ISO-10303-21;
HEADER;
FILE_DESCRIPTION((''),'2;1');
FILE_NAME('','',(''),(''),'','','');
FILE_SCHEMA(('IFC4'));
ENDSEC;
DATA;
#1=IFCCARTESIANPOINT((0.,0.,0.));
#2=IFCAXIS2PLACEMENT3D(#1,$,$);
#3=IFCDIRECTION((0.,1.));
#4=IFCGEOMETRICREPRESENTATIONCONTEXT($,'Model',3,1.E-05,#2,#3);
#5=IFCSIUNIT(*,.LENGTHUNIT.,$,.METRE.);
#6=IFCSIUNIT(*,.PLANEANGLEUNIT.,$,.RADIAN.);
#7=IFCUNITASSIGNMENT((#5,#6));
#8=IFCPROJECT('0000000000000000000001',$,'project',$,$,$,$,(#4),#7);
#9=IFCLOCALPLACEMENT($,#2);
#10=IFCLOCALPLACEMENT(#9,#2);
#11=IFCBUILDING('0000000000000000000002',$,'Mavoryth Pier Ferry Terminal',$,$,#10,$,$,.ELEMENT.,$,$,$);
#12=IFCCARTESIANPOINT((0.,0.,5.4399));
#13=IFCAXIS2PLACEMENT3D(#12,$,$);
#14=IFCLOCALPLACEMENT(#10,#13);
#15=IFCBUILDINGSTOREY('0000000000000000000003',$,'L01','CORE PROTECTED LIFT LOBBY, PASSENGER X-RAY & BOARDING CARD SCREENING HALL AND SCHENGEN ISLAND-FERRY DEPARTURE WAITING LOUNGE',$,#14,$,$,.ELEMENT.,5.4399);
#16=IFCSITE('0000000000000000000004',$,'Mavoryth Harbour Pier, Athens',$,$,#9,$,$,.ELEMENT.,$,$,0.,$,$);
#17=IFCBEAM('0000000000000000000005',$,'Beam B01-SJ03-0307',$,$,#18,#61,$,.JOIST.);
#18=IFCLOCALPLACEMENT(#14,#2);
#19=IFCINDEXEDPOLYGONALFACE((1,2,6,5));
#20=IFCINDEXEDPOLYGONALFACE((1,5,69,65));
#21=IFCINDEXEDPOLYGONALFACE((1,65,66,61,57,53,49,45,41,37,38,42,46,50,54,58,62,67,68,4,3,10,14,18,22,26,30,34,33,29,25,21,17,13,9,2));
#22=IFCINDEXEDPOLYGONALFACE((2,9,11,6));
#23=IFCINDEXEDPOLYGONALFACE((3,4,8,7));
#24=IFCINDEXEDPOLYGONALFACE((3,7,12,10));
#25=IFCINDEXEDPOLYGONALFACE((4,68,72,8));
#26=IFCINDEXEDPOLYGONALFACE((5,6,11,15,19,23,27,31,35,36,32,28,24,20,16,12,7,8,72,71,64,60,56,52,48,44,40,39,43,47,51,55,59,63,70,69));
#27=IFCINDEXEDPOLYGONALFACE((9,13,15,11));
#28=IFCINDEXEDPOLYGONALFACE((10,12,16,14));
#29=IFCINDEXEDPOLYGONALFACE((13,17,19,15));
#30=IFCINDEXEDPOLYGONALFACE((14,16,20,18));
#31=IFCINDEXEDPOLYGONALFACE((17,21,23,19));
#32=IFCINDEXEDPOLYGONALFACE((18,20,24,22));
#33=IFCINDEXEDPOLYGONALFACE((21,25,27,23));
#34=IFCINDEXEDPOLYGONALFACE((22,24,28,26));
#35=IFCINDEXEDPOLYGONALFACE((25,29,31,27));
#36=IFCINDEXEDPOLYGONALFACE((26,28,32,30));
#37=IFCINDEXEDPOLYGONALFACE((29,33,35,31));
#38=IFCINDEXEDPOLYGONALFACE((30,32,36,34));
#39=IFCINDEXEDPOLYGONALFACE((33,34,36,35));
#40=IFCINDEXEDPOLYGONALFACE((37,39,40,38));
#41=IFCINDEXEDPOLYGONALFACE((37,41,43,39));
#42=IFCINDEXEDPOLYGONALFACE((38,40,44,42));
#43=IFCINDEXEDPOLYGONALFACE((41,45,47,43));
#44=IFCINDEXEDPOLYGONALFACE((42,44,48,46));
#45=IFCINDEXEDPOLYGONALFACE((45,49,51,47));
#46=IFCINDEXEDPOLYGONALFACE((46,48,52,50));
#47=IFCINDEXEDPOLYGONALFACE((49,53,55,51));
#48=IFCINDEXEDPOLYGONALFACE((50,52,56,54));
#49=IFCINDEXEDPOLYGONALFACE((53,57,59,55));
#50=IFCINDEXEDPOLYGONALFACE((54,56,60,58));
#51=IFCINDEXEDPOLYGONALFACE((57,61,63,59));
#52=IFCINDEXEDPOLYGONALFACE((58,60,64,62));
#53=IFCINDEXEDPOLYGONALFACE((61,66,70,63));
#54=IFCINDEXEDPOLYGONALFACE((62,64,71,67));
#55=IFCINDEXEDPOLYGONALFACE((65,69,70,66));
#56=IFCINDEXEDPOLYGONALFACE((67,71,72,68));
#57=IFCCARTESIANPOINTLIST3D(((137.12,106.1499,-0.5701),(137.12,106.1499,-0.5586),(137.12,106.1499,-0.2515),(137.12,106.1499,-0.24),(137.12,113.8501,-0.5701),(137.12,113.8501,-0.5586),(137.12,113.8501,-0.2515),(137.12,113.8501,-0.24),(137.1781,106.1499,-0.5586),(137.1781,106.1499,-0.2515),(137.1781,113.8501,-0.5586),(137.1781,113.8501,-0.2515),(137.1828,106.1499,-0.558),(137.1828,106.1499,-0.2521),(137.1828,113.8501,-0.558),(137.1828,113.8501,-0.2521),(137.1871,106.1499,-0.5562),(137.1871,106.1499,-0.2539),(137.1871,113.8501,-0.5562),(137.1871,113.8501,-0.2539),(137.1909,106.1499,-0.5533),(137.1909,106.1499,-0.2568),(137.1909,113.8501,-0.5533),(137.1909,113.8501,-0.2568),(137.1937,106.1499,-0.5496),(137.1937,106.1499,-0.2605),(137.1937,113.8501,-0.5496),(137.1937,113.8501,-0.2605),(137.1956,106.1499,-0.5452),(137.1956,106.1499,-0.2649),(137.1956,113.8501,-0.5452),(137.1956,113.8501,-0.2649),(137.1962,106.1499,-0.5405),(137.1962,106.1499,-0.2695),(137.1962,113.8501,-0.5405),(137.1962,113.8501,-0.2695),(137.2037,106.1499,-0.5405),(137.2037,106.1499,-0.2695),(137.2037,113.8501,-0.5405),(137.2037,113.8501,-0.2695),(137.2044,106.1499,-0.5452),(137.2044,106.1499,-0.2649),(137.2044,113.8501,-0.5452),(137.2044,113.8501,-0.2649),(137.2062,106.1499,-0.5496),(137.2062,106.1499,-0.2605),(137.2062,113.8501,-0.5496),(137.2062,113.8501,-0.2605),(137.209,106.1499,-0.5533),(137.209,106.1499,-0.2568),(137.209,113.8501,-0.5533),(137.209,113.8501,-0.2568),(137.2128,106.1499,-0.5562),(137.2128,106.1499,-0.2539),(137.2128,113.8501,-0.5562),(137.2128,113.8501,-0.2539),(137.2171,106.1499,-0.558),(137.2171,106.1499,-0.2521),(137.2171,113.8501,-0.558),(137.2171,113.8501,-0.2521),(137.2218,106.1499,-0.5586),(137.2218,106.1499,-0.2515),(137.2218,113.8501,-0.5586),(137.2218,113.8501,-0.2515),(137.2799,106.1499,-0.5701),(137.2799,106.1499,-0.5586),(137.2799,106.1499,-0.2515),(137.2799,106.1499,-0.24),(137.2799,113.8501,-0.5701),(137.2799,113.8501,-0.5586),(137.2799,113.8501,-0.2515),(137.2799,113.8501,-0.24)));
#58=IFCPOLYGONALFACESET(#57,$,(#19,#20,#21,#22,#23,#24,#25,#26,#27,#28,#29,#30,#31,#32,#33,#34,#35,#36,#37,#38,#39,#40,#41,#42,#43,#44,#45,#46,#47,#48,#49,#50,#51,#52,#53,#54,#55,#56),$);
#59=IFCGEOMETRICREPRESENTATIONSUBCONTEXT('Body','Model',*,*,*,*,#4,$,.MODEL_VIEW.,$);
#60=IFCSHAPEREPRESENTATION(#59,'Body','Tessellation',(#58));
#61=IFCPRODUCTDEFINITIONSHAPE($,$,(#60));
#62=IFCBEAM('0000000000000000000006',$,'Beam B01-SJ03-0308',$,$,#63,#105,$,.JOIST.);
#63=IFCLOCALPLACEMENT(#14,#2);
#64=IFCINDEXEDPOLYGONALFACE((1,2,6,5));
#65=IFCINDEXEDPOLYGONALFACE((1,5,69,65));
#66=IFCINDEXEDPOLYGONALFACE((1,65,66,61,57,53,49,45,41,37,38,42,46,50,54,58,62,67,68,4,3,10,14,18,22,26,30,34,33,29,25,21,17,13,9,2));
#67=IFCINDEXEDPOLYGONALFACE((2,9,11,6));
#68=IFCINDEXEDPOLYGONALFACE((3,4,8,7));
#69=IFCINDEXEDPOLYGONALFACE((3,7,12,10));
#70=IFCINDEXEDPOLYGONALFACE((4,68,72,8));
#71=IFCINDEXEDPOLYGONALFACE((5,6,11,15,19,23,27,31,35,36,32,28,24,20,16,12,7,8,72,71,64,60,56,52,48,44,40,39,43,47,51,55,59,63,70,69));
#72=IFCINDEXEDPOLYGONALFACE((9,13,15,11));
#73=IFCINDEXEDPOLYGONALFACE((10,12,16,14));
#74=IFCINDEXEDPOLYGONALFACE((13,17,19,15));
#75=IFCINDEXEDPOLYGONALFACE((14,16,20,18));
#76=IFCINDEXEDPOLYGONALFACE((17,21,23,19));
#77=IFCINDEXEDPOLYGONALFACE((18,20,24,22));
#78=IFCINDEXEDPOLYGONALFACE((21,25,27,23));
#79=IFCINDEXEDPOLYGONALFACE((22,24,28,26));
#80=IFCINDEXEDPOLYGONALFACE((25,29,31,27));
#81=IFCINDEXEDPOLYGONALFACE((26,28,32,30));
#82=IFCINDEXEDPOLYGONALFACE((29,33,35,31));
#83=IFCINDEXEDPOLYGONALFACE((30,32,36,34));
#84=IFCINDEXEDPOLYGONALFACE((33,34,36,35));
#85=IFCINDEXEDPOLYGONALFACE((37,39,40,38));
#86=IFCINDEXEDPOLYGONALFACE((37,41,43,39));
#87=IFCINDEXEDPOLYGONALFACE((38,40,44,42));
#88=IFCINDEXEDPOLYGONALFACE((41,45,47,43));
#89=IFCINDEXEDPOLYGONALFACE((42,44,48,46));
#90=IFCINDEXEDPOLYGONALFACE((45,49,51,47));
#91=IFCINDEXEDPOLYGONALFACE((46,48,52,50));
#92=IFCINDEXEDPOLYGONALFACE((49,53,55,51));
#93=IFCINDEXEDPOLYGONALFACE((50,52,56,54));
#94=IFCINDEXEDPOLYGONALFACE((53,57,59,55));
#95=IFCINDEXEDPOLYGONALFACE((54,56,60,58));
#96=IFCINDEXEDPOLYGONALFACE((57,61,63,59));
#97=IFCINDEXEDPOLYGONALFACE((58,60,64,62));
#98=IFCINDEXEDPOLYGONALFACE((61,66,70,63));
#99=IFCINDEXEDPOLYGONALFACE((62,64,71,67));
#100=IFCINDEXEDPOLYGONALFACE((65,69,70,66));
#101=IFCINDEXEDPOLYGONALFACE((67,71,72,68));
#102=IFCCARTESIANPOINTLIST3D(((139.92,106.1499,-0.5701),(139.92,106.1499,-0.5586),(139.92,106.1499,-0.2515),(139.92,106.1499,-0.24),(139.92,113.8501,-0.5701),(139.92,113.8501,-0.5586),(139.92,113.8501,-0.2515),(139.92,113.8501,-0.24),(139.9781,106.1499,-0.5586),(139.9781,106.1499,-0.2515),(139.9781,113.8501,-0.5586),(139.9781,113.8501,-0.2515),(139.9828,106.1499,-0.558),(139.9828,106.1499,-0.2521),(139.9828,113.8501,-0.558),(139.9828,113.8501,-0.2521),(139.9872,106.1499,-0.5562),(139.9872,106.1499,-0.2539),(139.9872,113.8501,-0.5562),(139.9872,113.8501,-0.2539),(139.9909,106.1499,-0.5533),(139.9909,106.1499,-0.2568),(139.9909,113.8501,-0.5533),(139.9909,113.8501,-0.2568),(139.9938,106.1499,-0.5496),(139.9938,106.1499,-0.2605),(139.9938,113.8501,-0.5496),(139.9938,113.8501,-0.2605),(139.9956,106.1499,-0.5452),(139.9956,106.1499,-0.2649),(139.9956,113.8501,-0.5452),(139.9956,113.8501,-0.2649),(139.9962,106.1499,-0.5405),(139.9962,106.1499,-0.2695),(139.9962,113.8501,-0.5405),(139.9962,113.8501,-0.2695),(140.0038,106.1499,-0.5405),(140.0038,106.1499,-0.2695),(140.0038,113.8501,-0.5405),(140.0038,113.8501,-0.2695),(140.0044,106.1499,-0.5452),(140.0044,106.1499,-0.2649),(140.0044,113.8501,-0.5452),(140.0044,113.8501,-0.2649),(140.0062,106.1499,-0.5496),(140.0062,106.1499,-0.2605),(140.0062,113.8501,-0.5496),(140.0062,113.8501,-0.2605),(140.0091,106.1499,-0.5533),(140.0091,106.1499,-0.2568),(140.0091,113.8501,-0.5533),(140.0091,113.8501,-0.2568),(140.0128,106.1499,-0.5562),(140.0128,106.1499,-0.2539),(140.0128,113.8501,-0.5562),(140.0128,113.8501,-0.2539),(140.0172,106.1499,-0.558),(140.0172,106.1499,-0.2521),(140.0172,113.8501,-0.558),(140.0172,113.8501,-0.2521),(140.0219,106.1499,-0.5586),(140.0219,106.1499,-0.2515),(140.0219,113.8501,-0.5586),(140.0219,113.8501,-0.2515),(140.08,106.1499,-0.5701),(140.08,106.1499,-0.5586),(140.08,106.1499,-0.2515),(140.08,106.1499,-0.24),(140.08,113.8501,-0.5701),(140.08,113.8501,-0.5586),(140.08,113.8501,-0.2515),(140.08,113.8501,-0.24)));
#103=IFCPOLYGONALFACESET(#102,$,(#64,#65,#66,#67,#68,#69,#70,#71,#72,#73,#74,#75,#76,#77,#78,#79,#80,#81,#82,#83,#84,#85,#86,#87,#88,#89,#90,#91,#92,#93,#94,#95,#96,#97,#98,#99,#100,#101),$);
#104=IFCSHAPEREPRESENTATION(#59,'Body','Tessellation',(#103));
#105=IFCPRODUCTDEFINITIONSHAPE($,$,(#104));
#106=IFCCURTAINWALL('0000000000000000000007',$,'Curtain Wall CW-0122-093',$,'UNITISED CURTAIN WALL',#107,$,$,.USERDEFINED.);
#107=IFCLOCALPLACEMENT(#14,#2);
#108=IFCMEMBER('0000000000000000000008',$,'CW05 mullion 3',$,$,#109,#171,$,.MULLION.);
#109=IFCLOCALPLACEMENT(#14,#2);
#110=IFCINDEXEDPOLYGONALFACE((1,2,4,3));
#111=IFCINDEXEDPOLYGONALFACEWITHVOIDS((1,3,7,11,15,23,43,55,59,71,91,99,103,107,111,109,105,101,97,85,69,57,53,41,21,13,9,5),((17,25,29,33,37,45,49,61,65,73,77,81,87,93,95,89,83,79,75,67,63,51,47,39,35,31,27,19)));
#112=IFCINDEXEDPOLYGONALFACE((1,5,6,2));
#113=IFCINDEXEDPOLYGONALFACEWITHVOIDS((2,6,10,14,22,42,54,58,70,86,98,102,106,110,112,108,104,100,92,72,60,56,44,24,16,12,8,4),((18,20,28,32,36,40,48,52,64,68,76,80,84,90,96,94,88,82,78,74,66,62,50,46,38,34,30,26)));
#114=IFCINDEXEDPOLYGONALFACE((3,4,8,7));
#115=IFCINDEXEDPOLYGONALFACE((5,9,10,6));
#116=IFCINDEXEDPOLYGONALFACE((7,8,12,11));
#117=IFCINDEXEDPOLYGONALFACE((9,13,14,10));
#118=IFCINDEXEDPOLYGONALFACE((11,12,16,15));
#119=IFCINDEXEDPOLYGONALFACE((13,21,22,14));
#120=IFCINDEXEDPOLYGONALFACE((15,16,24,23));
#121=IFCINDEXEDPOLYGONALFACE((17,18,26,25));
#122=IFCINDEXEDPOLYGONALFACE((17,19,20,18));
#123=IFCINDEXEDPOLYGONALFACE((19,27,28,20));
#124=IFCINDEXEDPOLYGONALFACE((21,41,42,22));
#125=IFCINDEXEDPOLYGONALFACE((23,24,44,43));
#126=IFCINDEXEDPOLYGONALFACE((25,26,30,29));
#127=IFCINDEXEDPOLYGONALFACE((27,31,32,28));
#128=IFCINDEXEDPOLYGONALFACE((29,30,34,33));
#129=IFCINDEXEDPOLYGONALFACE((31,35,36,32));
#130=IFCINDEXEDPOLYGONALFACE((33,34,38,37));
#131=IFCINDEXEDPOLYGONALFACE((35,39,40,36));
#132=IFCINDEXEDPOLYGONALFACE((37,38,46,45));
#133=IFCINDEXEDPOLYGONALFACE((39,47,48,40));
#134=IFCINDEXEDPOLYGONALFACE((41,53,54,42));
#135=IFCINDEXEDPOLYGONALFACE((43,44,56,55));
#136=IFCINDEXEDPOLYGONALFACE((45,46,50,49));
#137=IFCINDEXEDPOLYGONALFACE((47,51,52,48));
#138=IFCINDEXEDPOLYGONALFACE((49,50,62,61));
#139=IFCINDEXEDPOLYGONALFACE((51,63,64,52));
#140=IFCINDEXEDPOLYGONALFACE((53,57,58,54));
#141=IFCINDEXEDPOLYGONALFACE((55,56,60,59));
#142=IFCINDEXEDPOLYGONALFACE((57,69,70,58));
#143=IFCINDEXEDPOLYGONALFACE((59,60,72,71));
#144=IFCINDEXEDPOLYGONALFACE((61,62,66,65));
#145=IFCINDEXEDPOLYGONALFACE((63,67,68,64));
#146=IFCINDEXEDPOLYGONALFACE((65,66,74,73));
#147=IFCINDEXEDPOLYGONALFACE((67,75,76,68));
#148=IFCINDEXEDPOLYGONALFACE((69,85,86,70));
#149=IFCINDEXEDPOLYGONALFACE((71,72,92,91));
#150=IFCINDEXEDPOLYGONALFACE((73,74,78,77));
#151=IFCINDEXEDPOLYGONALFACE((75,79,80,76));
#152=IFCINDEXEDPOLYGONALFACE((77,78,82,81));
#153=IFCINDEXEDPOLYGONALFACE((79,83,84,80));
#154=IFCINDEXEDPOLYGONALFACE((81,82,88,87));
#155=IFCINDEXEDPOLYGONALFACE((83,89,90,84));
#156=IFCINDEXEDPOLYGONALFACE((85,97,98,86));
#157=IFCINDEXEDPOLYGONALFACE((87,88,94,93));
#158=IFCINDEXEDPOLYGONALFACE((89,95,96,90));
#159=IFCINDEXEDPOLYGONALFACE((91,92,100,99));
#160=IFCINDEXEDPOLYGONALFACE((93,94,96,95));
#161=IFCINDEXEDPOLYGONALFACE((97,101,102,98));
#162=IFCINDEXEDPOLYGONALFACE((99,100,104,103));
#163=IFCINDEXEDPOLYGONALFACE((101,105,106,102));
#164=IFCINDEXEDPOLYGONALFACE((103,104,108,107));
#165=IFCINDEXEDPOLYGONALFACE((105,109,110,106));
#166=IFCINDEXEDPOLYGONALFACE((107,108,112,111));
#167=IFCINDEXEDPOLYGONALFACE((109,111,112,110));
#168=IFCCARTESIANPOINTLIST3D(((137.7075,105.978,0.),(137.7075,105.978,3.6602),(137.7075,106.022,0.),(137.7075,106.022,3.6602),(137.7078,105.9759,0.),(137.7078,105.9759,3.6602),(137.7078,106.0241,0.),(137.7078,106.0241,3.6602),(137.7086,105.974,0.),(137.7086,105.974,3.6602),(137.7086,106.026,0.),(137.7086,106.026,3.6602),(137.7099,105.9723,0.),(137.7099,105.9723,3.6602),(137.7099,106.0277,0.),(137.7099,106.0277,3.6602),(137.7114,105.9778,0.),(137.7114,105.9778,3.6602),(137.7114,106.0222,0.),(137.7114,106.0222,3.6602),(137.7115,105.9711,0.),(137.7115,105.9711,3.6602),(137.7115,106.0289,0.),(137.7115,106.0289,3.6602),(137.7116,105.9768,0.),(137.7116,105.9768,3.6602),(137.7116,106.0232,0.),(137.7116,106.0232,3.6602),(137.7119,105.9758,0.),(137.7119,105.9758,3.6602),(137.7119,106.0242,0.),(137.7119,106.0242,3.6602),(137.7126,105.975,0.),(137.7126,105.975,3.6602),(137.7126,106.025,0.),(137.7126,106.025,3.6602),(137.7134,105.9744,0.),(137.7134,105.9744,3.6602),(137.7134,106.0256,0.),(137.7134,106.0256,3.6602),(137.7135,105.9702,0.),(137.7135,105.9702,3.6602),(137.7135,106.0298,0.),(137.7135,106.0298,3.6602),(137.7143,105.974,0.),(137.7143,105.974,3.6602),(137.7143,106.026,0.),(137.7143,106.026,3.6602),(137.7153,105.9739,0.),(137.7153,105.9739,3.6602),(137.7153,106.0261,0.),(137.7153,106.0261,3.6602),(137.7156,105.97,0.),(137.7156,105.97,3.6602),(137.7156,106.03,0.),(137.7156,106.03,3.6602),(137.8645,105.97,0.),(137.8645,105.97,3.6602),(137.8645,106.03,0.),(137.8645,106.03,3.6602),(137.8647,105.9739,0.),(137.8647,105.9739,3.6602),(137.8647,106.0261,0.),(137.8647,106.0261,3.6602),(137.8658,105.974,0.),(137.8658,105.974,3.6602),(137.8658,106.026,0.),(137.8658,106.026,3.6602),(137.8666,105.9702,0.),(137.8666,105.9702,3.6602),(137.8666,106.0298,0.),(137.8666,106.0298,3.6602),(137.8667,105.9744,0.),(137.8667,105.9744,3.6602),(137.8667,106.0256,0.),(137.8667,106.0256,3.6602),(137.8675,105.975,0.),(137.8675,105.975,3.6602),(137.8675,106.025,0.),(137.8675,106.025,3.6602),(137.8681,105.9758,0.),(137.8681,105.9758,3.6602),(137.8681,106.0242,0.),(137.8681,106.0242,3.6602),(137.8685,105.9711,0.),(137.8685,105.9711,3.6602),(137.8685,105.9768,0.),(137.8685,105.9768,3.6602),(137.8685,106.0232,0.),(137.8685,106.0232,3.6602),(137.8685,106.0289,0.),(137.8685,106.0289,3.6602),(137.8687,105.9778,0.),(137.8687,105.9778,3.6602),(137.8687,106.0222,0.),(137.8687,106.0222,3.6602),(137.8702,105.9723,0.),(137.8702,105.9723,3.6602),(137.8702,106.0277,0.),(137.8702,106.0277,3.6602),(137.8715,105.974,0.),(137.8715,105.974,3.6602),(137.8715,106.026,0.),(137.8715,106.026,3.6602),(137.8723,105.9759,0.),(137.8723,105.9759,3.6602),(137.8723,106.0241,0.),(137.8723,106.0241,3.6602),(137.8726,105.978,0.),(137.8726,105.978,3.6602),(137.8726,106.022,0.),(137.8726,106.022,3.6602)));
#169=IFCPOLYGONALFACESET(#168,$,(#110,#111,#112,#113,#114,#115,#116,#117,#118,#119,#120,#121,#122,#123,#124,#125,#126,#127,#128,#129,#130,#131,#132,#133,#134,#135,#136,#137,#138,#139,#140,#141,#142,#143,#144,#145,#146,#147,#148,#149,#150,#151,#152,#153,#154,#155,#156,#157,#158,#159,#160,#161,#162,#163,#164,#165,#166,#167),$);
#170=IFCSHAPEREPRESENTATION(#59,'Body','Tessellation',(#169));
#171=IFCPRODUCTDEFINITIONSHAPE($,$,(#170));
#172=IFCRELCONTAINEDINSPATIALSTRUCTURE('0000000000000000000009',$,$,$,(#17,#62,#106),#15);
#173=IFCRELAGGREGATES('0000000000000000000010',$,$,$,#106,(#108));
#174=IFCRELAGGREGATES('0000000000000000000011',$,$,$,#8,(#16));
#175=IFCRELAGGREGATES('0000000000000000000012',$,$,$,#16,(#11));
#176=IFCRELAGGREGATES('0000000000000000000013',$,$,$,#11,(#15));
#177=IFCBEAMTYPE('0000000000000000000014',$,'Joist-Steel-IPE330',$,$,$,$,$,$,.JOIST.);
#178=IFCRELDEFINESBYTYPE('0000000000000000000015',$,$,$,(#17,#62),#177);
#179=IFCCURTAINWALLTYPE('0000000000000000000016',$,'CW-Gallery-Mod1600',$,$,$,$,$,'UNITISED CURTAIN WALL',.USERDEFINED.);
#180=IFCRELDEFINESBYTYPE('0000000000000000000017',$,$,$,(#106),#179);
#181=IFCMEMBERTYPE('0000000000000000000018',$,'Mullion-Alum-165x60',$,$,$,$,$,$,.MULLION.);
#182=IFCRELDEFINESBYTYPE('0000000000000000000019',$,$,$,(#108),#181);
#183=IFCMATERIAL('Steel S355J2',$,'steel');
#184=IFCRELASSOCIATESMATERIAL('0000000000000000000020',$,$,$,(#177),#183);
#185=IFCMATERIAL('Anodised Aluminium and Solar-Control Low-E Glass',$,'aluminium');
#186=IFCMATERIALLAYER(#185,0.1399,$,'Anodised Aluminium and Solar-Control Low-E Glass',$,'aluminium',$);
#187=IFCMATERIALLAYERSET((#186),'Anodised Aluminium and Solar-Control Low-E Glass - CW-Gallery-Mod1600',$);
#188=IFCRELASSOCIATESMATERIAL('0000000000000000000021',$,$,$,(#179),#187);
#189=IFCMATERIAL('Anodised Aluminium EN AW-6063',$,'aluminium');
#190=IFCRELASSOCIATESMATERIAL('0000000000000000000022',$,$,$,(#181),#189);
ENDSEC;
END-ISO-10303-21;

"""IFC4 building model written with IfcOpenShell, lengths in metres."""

from ifc_helpers import new_model, si_unit, direction, frame, origin, origin_2d, place, context, subcontext, project, spatial, hollow_rectangle, i_section, extrude, material, layer, layer_set, material_profile, profile_set, type_object, element, aggregate, save


model = new_model("IFC4")

# Units and contexts
model_context = context("Model", 3, precision=1e-05, world=origin(), true_north=direction((0.0, 1.0)))
body_context = subcontext(model_context, "Body", "Model", "MODEL_VIEW")
ifc_project = project(units=[si_unit("LENGTHUNIT", "METRE"), si_unit("PLANEANGLEUNIT", "RADIAN")], contexts=[model_context])

# Site, building, storey
site_placement = place(None, origin())
site = spatial("IfcSite", under=ifc_project, at=site_placement, Name="Mavoryth Harbour Pier, Athens", CompositionType="ELEMENT", RefElevation=0.0)
building_placement = place(site_placement, origin())
building = spatial("IfcBuilding", under=site, at=building_placement, Name="Mavoryth Pier Ferry Terminal", CompositionType="ELEMENT")
storey_placement = place(building_placement, frame((0.0, 0.0, 5.4399)))
storey = spatial("IfcBuildingStorey", under=building, at=storey_placement, Name="L01", Description="CORE PROTECTED LIFT LOBBY, PASSENGER X-RAY & BOARDING CARD SCREENING HALL AND SCHENGEN ISLAND-FERRY DEPARTURE WAITING LOUNGE", CompositionType="ELEMENT", Elevation=5.4399)

# Beams
ifc_material_1 = material(Name="Steel S355J2", Category="steel")
ifc_material_profile_1 = material_profile(ifc_material_1, i_section(OverallWidth=0.1599, OverallDepth=0.3301, WebThickness=0.0076, FlangeThickness=0.0115, FilletRadius=0.0181, at=origin_2d()), Name="IPE 330", Category="steel")
ifc_profile_set_1 = profile_set([ifc_material_profile_1], Name="Steel S355J2 - IPE 330")
beam_type = type_object("IfcBeamType", Name="Joist-Steel-IPE330", PredefinedType="JOIST", material=ifc_profile_set_1)
for number, where, z_axis, x_axis, name in (
    (1, (137.2, 106.1499, -0.405), (0.0, 1.0, 0.0), (-1.0, 0.0, 0.0), "Beam B01-SJ03-0307"),
    (2, (140.0, 106.1499, -0.405), (0.0, 1.0, 0.0), (-1.0, 0.0, 0.0), "Beam B01-SJ03-0308"),
):
    element("IfcBeam", number, at=place(storey_placement, frame(where, z_axis=z_axis, x_axis=x_axis)), inside=storey, type_object=beam_type, Name=name, PredefinedType="JOIST", context=body_context, shape_type="SweptSolid", body=[
        extrude(i_section(OverallWidth=0.1599, OverallDepth=0.3301, WebThickness=0.0076, FlangeThickness=0.0115, FilletRadius=0.0181, at=origin_2d()), origin(), (0.0, 0.0, 1.0), 7.7002),
    ])

# Curtain wall, member
ifc_material_2 = material(Name="Anodised Aluminium and Solar-Control Low-E Glass", Category="aluminium")
ifc_layer_1 = layer(ifc_material_2, 0.1399, Name="Anodised Aluminium and Solar-Control Low-E Glass", Category="aluminium")
ifc_layer_set_1 = layer_set([ifc_layer_1], Name="Anodised Aluminium and Solar-Control Low-E Glass - CW-Gallery-Mod1600")
curtain_wall_type = type_object("IfcCurtainWallType", Name="CW-Gallery-Mod1600", ElementType="UNITISED CURTAIN WALL", PredefinedType="USERDEFINED", material=ifc_layer_set_1)
curtain_wall_1_placement = place(storey_placement, origin())
curtain_wall_1 = element("IfcCurtainWall", 3, at=curtain_wall_1_placement, inside=storey, type_object=curtain_wall_type, Name="Curtain Wall CW-0122-093", ObjectType="UNITISED CURTAIN WALL", PredefinedType="USERDEFINED")
ifc_material_3 = material(Name="Anodised Aluminium EN AW-6063", Category="aluminium")
ifc_material_profile_2 = material_profile(ifc_material_3, hollow_rectangle(XDim=0.0601, YDim=0.165, WallThickness=0.0039, InnerFilletRadius=0.0039, OuterFilletRadius=0.0081, at=origin_2d()), Name="AL-MULL 165x60x4", Category="aluminium")
ifc_profile_set_2 = profile_set([ifc_material_profile_2], Name="Anodised Aluminium EN AW-6063 - AL-MULL 165x60x4")
member_type_1 = type_object("IfcMemberType", Name="Mullion-Alum-165x60", PredefinedType="MULLION", material=ifc_profile_set_2)
member_1_placement = place(storey_placement, frame((137.79, 106.0, 0.0), z_axis=(0.0, 0.0, 1.0), x_axis=(0.0, 1.0, 0.0)))
member_1 = element("IfcMember", 4, at=member_1_placement, type_object=member_type_1, Name="CW05 mullion 3", PredefinedType="MULLION", context=body_context, shape_type="SweptSolid", body=[
    extrude(hollow_rectangle(XDim=0.0601, YDim=0.165, WallThickness=0.0039, InnerFilletRadius=0.0039, OuterFilletRadius=0.0081, at=origin_2d()), origin(), (0.0, 0.0, 1.0), 3.6602),
])

aggregate(curtain_wall_1, [member_1])

save(model, "model.ifc")
